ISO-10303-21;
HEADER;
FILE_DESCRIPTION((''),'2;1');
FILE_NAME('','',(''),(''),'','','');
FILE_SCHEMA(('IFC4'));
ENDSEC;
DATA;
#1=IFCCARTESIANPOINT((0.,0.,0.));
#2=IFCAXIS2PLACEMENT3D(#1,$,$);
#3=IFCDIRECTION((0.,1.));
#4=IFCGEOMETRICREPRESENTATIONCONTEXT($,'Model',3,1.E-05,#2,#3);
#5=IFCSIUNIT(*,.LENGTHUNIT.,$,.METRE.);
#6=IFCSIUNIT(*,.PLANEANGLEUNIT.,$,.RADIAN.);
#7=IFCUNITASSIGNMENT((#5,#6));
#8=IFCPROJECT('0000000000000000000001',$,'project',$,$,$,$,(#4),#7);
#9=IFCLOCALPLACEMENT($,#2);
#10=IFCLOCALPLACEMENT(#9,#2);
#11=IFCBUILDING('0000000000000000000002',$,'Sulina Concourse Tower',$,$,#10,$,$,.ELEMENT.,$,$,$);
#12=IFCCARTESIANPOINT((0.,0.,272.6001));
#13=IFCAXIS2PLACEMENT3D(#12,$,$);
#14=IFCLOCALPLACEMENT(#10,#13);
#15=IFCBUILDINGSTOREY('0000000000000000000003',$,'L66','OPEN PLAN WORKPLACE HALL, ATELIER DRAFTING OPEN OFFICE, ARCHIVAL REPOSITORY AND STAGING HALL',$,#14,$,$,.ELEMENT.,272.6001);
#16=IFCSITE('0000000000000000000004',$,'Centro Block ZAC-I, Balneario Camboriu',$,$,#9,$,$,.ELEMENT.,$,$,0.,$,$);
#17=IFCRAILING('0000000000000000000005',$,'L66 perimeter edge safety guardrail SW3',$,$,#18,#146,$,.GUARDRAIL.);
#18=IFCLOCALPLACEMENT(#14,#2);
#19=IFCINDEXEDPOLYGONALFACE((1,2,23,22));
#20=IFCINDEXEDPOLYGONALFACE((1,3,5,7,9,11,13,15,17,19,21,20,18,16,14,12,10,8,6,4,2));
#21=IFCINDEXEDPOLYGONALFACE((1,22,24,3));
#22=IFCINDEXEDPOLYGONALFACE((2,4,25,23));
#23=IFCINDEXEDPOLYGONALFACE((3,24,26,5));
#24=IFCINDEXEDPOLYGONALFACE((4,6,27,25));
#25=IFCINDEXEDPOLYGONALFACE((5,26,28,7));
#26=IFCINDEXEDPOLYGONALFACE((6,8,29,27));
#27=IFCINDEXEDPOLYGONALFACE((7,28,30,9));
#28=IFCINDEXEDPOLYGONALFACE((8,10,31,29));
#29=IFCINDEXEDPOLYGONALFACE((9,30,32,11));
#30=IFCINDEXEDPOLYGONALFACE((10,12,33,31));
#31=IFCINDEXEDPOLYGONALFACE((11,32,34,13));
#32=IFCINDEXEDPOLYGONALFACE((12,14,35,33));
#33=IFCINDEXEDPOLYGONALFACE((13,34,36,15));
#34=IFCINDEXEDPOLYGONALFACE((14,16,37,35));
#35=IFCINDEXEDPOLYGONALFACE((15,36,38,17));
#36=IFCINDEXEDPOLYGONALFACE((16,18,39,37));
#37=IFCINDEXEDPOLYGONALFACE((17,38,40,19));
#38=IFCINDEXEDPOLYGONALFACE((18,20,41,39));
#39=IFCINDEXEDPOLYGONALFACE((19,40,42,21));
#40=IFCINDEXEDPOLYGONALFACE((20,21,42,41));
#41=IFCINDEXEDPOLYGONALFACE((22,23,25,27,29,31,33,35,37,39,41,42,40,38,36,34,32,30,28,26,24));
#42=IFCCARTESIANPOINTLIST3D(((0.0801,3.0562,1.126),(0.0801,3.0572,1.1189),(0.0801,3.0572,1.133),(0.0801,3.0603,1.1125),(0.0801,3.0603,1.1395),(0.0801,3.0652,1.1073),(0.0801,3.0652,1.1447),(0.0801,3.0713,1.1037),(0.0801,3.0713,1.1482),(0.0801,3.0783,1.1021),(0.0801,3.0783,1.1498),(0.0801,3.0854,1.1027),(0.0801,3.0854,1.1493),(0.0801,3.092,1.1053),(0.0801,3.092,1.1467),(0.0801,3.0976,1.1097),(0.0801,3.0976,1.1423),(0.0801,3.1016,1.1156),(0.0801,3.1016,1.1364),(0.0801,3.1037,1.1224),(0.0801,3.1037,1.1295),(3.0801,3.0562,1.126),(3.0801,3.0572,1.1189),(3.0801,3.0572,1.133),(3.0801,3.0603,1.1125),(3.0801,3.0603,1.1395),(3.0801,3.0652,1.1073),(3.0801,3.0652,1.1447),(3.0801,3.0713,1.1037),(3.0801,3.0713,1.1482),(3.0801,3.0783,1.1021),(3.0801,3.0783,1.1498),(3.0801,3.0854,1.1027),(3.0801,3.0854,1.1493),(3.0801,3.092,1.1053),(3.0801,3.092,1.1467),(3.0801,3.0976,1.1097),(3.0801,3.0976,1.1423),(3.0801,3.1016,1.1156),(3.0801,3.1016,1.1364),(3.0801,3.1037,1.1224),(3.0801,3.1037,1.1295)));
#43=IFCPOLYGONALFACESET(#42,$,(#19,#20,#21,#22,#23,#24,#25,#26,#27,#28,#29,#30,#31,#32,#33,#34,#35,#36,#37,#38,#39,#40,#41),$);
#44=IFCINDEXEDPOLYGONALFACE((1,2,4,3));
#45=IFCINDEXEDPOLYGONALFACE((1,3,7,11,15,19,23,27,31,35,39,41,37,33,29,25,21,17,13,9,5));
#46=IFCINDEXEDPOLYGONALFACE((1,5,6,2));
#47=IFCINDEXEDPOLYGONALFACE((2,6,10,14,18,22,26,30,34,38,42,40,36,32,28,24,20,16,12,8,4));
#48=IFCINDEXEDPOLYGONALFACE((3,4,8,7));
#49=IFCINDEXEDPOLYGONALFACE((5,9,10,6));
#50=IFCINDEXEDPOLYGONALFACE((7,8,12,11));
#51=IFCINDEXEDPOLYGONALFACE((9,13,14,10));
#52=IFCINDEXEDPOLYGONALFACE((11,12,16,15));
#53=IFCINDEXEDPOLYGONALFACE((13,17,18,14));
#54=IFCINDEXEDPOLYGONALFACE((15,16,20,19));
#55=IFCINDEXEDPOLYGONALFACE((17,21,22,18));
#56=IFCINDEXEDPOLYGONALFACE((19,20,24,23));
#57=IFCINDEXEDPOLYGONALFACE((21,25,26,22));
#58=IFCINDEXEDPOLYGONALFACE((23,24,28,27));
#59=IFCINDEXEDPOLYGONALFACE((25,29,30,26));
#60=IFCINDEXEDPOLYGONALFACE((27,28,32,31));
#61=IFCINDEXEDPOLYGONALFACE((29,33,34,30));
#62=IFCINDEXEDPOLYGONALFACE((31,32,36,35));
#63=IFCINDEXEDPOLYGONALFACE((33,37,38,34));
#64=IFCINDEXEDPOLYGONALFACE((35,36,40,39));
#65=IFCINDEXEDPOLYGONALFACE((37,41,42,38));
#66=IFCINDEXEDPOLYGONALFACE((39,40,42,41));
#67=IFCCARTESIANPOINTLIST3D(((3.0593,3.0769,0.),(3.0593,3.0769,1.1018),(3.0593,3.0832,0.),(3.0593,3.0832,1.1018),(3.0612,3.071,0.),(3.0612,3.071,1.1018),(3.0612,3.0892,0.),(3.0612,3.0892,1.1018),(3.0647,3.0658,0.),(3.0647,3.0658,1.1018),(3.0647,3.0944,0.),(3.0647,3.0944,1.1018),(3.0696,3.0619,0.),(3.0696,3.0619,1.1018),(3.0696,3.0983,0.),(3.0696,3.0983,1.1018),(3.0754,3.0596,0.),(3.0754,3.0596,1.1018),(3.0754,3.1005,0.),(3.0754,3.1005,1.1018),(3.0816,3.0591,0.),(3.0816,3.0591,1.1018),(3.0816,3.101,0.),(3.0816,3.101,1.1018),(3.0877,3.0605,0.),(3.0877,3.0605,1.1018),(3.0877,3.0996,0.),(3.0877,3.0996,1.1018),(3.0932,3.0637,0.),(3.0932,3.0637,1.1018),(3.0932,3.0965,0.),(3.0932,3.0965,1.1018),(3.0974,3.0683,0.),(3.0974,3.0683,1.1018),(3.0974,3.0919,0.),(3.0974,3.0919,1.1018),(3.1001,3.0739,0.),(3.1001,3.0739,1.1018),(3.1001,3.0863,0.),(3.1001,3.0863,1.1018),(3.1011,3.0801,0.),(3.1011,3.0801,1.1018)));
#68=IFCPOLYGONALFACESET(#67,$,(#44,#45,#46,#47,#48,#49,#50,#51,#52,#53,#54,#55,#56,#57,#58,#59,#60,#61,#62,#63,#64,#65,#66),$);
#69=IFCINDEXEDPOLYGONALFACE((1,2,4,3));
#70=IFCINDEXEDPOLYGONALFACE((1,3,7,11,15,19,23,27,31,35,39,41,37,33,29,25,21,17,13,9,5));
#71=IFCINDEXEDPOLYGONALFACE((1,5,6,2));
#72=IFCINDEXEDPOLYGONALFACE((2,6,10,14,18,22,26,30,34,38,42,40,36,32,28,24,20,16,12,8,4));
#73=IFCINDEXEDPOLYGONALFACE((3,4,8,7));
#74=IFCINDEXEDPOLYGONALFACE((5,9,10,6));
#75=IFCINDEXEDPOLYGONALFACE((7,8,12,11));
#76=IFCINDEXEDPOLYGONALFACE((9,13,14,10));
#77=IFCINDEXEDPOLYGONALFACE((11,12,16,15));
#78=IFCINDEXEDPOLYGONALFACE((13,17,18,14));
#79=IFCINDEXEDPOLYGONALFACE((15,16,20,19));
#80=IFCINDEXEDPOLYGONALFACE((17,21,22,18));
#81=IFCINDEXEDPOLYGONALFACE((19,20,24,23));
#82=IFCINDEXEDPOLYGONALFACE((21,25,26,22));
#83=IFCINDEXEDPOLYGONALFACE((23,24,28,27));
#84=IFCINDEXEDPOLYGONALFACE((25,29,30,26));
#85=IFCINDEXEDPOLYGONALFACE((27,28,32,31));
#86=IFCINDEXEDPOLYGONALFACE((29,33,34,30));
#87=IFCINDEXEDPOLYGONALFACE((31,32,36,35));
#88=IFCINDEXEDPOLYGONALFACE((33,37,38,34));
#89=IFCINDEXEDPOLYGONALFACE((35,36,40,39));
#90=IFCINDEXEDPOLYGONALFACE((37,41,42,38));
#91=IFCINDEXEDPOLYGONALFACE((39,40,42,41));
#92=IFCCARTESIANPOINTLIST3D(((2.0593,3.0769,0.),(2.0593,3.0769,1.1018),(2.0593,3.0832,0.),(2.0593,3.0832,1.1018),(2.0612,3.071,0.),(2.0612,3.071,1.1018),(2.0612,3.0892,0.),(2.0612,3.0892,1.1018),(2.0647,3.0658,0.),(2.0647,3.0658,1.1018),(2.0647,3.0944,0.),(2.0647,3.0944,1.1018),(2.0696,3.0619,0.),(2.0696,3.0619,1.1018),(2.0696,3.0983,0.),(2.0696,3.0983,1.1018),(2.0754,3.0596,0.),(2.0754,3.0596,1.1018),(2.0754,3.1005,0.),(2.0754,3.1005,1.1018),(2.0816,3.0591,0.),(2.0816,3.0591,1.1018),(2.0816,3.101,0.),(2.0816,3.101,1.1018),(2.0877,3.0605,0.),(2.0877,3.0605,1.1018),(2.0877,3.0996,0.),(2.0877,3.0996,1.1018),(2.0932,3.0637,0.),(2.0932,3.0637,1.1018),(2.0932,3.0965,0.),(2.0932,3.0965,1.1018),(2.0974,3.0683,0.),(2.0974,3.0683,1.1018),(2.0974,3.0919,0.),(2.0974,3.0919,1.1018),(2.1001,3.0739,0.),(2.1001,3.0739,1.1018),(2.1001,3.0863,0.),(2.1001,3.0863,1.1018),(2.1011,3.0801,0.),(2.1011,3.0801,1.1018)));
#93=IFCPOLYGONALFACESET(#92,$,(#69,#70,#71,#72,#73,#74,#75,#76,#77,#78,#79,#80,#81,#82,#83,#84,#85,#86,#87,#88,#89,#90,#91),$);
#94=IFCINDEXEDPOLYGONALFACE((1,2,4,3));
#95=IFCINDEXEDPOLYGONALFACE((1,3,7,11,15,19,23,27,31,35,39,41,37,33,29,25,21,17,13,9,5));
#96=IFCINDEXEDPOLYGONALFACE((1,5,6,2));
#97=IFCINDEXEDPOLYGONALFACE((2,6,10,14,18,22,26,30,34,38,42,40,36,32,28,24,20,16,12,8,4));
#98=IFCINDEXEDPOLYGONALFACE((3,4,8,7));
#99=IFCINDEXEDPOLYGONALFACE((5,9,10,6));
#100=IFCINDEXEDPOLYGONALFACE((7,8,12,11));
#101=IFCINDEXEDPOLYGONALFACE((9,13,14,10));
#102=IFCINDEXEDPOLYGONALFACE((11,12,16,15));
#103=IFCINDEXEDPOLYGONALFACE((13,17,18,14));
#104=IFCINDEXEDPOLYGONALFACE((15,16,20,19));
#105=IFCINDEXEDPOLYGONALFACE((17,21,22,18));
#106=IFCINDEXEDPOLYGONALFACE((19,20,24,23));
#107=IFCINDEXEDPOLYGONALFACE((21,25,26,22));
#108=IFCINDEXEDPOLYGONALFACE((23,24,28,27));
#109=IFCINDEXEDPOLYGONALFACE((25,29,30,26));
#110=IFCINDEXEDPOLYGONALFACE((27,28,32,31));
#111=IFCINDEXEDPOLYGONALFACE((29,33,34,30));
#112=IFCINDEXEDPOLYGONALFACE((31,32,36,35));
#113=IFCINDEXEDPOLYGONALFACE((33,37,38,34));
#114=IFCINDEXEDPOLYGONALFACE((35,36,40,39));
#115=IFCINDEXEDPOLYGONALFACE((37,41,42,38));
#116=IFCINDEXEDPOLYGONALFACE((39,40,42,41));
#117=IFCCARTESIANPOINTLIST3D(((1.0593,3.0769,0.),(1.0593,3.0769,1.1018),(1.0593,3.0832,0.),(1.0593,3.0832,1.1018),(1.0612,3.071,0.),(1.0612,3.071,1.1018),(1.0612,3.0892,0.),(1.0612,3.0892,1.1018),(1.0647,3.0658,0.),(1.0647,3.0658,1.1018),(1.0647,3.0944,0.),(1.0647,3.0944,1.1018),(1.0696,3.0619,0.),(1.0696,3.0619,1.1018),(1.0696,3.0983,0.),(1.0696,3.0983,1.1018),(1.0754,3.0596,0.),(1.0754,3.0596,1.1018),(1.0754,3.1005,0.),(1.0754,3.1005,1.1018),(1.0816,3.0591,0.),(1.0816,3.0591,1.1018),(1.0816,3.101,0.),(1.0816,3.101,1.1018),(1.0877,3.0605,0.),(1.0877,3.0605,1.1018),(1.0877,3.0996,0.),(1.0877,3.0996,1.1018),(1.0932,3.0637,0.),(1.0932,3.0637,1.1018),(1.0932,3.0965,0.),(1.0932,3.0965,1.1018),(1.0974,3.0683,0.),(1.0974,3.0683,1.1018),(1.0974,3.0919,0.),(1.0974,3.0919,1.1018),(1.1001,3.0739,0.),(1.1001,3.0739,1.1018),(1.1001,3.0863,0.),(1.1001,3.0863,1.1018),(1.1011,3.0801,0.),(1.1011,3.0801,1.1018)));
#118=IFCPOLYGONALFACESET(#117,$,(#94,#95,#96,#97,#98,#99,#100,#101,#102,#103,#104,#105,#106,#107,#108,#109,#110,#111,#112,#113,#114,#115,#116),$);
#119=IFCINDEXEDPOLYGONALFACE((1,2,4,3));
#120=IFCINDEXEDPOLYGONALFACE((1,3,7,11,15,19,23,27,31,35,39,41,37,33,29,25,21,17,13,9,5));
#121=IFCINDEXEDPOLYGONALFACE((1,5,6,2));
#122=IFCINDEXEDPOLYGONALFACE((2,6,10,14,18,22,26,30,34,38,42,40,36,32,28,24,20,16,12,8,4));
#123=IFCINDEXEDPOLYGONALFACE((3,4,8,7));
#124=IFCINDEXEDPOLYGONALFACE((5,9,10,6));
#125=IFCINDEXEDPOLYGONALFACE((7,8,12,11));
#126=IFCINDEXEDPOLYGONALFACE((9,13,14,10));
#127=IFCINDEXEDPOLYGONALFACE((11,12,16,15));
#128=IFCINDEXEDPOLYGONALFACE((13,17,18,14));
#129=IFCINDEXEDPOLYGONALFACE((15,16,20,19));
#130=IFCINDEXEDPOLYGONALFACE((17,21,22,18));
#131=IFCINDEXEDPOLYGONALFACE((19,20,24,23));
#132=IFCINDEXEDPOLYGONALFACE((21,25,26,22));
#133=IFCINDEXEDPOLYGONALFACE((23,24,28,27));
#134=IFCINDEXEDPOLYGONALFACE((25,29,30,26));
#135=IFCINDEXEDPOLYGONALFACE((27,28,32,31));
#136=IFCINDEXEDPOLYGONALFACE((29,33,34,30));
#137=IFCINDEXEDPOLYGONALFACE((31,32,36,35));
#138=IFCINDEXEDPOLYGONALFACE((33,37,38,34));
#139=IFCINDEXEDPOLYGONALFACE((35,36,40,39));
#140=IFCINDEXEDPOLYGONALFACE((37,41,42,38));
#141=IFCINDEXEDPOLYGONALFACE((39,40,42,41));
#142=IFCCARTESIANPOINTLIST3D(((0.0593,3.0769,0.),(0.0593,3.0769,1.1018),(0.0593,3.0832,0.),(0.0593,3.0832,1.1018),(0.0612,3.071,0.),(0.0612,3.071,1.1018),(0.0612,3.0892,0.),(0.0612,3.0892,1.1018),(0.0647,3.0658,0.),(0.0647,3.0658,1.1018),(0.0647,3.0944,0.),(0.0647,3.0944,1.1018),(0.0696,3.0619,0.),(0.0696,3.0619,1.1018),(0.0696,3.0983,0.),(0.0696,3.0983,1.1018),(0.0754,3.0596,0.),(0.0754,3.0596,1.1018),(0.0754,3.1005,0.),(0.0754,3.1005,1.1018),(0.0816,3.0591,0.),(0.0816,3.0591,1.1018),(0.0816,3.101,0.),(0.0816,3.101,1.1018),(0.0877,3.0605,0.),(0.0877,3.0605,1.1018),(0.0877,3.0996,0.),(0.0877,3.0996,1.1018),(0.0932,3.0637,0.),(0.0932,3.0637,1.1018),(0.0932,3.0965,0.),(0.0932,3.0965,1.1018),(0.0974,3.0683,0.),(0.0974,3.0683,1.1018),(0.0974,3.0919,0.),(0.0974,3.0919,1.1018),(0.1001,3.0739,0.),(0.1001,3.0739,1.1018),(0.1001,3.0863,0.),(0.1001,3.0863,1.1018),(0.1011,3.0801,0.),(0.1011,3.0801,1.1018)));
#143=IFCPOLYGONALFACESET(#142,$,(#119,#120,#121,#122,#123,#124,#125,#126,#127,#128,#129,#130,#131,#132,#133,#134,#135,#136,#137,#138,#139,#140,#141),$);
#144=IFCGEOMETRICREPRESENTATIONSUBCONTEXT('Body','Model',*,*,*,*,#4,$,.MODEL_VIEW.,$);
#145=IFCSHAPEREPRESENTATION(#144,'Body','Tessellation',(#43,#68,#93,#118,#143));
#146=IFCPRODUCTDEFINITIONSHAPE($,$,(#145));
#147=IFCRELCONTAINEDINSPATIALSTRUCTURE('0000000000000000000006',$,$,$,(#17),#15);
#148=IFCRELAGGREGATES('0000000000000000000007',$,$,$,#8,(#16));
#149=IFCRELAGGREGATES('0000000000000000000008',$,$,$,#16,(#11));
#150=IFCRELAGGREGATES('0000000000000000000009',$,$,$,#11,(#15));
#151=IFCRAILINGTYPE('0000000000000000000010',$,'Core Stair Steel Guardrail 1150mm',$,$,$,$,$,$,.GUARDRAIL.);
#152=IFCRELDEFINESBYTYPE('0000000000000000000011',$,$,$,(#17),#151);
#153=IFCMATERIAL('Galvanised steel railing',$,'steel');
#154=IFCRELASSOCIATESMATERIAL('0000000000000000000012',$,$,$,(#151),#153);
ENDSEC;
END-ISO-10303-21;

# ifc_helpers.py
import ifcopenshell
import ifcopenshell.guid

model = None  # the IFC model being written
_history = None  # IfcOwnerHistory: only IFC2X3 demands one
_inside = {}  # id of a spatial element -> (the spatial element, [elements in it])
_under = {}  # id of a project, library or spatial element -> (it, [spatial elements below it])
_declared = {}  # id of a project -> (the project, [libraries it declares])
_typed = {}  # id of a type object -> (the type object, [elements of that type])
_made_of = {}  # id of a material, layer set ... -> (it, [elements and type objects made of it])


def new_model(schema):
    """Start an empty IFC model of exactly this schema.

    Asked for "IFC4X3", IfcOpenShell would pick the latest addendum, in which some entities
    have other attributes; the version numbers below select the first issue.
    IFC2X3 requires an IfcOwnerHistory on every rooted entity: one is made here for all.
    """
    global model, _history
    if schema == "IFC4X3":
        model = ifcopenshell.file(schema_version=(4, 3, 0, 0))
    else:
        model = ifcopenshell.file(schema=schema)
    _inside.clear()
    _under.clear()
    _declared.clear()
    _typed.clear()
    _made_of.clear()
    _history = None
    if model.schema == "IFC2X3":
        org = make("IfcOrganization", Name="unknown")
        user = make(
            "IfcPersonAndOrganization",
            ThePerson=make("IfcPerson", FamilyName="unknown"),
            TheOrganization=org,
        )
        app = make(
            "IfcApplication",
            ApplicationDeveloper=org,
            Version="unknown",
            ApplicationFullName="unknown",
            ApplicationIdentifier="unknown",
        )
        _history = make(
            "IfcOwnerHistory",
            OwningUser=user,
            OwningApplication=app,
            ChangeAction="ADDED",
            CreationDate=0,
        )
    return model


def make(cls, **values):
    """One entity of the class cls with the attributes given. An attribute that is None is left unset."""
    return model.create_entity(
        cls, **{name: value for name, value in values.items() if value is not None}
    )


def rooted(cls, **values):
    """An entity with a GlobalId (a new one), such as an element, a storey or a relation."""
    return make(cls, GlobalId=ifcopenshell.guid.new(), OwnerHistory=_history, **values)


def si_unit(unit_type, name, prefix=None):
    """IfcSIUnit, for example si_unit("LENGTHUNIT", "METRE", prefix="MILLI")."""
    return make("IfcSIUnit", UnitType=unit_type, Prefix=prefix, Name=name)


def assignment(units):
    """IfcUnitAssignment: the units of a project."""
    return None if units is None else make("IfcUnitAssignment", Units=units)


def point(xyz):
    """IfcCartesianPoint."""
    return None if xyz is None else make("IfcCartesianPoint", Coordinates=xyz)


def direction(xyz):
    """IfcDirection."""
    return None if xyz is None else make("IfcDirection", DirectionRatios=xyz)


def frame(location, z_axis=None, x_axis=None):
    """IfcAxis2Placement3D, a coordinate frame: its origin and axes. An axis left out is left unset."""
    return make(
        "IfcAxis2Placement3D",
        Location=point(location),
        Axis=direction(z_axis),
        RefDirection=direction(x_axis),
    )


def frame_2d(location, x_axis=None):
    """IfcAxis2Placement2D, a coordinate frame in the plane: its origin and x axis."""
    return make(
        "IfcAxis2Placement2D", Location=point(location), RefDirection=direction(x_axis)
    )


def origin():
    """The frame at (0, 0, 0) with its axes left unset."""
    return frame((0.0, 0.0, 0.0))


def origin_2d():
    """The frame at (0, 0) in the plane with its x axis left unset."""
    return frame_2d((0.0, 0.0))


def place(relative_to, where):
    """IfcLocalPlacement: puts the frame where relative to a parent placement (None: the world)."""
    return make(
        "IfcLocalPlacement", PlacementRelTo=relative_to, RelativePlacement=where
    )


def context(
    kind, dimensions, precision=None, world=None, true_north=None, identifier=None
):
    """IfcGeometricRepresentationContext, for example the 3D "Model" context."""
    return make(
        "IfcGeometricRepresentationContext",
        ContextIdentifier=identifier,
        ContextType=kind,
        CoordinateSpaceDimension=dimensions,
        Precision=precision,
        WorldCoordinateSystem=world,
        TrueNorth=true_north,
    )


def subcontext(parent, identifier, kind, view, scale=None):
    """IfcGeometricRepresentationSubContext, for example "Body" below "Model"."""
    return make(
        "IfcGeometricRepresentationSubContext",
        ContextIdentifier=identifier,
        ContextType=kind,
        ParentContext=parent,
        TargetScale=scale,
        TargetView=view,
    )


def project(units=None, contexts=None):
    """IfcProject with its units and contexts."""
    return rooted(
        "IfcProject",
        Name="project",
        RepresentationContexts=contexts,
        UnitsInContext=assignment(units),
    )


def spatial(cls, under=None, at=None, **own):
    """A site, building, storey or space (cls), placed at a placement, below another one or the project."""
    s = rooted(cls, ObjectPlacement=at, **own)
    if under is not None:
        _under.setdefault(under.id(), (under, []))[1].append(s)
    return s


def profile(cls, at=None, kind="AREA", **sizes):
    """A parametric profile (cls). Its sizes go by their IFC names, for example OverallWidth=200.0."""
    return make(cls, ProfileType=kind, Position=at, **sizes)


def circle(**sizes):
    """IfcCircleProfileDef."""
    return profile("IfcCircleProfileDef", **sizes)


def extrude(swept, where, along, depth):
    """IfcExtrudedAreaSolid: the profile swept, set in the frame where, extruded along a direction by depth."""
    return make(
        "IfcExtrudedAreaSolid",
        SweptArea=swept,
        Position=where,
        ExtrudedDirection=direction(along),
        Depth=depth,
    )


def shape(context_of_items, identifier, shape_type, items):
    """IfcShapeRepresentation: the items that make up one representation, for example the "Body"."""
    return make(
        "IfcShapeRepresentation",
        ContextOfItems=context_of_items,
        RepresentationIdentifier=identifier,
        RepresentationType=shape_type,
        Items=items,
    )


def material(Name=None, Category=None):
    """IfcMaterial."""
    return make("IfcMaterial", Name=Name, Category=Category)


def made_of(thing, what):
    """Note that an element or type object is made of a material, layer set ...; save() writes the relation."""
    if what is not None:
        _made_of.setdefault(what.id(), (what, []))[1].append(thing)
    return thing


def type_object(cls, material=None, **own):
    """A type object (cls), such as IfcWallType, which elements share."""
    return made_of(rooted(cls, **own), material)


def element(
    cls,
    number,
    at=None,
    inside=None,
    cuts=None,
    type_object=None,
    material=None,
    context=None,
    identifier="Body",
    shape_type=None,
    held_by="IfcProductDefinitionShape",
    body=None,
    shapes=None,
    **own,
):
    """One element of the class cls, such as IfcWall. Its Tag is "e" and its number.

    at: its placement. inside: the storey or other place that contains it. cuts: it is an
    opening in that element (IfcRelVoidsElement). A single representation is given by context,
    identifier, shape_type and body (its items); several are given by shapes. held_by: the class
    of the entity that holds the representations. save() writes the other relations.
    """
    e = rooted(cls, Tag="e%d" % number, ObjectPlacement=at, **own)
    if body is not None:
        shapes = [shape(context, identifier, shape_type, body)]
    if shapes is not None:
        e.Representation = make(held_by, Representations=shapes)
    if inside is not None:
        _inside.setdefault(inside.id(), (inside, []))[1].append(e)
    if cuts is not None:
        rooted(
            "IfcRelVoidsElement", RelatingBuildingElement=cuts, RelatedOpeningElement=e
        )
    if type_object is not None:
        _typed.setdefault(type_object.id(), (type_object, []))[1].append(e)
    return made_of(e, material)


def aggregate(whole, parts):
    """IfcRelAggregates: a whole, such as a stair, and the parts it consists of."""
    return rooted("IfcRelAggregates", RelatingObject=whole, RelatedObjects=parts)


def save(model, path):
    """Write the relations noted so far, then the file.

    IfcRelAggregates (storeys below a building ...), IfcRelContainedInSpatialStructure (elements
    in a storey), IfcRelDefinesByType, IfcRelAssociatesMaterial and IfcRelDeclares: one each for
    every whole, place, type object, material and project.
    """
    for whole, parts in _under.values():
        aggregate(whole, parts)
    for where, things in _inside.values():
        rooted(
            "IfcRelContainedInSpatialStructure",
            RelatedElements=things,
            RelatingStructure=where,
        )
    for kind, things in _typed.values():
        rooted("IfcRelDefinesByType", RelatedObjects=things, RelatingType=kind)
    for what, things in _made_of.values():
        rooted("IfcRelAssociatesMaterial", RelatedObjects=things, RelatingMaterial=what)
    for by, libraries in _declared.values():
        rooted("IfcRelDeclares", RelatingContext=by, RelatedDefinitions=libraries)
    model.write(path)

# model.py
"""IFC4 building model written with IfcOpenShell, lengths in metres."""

from ifc_helpers import new_model, si_unit, direction, frame, origin, origin_2d, place, context, subcontext, project, spatial, circle, extrude, material, type_object, element, save


model = new_model("IFC4")

# Units and contexts
model_context = context("Model", 3, precision=1e-05, world=origin(), true_north=direction((0.0, 1.0)))
body_context = subcontext(model_context, "Body", "Model", "MODEL_VIEW")
ifc_project = project(units=[si_unit("LENGTHUNIT", "METRE"), si_unit("PLANEANGLEUNIT", "RADIAN")], contexts=[model_context])

# Site, building, storey
site_placement = place(None, origin())
site = spatial("IfcSite", under=ifc_project, at=site_placement, Name="Centro Block ZAC-I, Balneario Camboriu", CompositionType="ELEMENT", RefElevation=0.0)
building_placement = place(site_placement, origin())
building = spatial("IfcBuilding", under=site, at=building_placement, Name="Sulina Concourse Tower", CompositionType="ELEMENT")
storey_placement = place(building_placement, frame((0.0, 0.0, 272.6001)))
storey = spatial("IfcBuildingStorey", under=building, at=storey_placement, Name="L66", Description="OPEN PLAN WORKPLACE HALL, ATELIER DRAFTING OPEN OFFICE, ARCHIVAL REPOSITORY AND STAGING HALL", CompositionType="ELEMENT", Elevation=272.6001)

# Railing
ifc_material_1 = material(Name="Galvanised steel railing", Category="steel")
railing_type = type_object("IfcRailingType", Name="Core Stair Steel Guardrail 1150mm", PredefinedType="GUARDRAIL", material=ifc_material_1)
railing_1_placement = place(storey_placement, frame((3.0801, 3.0801, 0.0)))
element("IfcRailing", 1, at=railing_1_placement, inside=storey, type_object=railing_type, Name="L66 perimeter edge safety guardrail SW3", PredefinedType="GUARDRAIL", context=body_context, shape_type="SweptSolid", body=[
    extrude(circle(Radius=0.0239, at=origin_2d()), frame((0.0, 0.0, 1.126), z_axis=(-1.0, 0.0, 0.0), x_axis=(0.0, -1.0, 0.0)), (0.0, 0.0, 1.0), 3.0),
    extrude(circle(Radius=0.021, at=origin_2d()), origin(), (0.0, 0.0, 1.0), 1.1018),
    extrude(circle(Radius=0.021, at=origin_2d()), frame((-1.0, 0.0, 0.0)), (0.0, 0.0, 1.0), 1.1018),
    extrude(circle(Radius=0.021, at=origin_2d()), frame((-2.0, 0.0, 0.0)), (0.0, 0.0, 1.0), 1.1018),
    extrude(circle(Radius=0.021, at=origin_2d()), frame((-3.0, 0.0, 0.0)), (0.0, 0.0, 1.0), 1.1018),
])

save(model, "model.ifc")
